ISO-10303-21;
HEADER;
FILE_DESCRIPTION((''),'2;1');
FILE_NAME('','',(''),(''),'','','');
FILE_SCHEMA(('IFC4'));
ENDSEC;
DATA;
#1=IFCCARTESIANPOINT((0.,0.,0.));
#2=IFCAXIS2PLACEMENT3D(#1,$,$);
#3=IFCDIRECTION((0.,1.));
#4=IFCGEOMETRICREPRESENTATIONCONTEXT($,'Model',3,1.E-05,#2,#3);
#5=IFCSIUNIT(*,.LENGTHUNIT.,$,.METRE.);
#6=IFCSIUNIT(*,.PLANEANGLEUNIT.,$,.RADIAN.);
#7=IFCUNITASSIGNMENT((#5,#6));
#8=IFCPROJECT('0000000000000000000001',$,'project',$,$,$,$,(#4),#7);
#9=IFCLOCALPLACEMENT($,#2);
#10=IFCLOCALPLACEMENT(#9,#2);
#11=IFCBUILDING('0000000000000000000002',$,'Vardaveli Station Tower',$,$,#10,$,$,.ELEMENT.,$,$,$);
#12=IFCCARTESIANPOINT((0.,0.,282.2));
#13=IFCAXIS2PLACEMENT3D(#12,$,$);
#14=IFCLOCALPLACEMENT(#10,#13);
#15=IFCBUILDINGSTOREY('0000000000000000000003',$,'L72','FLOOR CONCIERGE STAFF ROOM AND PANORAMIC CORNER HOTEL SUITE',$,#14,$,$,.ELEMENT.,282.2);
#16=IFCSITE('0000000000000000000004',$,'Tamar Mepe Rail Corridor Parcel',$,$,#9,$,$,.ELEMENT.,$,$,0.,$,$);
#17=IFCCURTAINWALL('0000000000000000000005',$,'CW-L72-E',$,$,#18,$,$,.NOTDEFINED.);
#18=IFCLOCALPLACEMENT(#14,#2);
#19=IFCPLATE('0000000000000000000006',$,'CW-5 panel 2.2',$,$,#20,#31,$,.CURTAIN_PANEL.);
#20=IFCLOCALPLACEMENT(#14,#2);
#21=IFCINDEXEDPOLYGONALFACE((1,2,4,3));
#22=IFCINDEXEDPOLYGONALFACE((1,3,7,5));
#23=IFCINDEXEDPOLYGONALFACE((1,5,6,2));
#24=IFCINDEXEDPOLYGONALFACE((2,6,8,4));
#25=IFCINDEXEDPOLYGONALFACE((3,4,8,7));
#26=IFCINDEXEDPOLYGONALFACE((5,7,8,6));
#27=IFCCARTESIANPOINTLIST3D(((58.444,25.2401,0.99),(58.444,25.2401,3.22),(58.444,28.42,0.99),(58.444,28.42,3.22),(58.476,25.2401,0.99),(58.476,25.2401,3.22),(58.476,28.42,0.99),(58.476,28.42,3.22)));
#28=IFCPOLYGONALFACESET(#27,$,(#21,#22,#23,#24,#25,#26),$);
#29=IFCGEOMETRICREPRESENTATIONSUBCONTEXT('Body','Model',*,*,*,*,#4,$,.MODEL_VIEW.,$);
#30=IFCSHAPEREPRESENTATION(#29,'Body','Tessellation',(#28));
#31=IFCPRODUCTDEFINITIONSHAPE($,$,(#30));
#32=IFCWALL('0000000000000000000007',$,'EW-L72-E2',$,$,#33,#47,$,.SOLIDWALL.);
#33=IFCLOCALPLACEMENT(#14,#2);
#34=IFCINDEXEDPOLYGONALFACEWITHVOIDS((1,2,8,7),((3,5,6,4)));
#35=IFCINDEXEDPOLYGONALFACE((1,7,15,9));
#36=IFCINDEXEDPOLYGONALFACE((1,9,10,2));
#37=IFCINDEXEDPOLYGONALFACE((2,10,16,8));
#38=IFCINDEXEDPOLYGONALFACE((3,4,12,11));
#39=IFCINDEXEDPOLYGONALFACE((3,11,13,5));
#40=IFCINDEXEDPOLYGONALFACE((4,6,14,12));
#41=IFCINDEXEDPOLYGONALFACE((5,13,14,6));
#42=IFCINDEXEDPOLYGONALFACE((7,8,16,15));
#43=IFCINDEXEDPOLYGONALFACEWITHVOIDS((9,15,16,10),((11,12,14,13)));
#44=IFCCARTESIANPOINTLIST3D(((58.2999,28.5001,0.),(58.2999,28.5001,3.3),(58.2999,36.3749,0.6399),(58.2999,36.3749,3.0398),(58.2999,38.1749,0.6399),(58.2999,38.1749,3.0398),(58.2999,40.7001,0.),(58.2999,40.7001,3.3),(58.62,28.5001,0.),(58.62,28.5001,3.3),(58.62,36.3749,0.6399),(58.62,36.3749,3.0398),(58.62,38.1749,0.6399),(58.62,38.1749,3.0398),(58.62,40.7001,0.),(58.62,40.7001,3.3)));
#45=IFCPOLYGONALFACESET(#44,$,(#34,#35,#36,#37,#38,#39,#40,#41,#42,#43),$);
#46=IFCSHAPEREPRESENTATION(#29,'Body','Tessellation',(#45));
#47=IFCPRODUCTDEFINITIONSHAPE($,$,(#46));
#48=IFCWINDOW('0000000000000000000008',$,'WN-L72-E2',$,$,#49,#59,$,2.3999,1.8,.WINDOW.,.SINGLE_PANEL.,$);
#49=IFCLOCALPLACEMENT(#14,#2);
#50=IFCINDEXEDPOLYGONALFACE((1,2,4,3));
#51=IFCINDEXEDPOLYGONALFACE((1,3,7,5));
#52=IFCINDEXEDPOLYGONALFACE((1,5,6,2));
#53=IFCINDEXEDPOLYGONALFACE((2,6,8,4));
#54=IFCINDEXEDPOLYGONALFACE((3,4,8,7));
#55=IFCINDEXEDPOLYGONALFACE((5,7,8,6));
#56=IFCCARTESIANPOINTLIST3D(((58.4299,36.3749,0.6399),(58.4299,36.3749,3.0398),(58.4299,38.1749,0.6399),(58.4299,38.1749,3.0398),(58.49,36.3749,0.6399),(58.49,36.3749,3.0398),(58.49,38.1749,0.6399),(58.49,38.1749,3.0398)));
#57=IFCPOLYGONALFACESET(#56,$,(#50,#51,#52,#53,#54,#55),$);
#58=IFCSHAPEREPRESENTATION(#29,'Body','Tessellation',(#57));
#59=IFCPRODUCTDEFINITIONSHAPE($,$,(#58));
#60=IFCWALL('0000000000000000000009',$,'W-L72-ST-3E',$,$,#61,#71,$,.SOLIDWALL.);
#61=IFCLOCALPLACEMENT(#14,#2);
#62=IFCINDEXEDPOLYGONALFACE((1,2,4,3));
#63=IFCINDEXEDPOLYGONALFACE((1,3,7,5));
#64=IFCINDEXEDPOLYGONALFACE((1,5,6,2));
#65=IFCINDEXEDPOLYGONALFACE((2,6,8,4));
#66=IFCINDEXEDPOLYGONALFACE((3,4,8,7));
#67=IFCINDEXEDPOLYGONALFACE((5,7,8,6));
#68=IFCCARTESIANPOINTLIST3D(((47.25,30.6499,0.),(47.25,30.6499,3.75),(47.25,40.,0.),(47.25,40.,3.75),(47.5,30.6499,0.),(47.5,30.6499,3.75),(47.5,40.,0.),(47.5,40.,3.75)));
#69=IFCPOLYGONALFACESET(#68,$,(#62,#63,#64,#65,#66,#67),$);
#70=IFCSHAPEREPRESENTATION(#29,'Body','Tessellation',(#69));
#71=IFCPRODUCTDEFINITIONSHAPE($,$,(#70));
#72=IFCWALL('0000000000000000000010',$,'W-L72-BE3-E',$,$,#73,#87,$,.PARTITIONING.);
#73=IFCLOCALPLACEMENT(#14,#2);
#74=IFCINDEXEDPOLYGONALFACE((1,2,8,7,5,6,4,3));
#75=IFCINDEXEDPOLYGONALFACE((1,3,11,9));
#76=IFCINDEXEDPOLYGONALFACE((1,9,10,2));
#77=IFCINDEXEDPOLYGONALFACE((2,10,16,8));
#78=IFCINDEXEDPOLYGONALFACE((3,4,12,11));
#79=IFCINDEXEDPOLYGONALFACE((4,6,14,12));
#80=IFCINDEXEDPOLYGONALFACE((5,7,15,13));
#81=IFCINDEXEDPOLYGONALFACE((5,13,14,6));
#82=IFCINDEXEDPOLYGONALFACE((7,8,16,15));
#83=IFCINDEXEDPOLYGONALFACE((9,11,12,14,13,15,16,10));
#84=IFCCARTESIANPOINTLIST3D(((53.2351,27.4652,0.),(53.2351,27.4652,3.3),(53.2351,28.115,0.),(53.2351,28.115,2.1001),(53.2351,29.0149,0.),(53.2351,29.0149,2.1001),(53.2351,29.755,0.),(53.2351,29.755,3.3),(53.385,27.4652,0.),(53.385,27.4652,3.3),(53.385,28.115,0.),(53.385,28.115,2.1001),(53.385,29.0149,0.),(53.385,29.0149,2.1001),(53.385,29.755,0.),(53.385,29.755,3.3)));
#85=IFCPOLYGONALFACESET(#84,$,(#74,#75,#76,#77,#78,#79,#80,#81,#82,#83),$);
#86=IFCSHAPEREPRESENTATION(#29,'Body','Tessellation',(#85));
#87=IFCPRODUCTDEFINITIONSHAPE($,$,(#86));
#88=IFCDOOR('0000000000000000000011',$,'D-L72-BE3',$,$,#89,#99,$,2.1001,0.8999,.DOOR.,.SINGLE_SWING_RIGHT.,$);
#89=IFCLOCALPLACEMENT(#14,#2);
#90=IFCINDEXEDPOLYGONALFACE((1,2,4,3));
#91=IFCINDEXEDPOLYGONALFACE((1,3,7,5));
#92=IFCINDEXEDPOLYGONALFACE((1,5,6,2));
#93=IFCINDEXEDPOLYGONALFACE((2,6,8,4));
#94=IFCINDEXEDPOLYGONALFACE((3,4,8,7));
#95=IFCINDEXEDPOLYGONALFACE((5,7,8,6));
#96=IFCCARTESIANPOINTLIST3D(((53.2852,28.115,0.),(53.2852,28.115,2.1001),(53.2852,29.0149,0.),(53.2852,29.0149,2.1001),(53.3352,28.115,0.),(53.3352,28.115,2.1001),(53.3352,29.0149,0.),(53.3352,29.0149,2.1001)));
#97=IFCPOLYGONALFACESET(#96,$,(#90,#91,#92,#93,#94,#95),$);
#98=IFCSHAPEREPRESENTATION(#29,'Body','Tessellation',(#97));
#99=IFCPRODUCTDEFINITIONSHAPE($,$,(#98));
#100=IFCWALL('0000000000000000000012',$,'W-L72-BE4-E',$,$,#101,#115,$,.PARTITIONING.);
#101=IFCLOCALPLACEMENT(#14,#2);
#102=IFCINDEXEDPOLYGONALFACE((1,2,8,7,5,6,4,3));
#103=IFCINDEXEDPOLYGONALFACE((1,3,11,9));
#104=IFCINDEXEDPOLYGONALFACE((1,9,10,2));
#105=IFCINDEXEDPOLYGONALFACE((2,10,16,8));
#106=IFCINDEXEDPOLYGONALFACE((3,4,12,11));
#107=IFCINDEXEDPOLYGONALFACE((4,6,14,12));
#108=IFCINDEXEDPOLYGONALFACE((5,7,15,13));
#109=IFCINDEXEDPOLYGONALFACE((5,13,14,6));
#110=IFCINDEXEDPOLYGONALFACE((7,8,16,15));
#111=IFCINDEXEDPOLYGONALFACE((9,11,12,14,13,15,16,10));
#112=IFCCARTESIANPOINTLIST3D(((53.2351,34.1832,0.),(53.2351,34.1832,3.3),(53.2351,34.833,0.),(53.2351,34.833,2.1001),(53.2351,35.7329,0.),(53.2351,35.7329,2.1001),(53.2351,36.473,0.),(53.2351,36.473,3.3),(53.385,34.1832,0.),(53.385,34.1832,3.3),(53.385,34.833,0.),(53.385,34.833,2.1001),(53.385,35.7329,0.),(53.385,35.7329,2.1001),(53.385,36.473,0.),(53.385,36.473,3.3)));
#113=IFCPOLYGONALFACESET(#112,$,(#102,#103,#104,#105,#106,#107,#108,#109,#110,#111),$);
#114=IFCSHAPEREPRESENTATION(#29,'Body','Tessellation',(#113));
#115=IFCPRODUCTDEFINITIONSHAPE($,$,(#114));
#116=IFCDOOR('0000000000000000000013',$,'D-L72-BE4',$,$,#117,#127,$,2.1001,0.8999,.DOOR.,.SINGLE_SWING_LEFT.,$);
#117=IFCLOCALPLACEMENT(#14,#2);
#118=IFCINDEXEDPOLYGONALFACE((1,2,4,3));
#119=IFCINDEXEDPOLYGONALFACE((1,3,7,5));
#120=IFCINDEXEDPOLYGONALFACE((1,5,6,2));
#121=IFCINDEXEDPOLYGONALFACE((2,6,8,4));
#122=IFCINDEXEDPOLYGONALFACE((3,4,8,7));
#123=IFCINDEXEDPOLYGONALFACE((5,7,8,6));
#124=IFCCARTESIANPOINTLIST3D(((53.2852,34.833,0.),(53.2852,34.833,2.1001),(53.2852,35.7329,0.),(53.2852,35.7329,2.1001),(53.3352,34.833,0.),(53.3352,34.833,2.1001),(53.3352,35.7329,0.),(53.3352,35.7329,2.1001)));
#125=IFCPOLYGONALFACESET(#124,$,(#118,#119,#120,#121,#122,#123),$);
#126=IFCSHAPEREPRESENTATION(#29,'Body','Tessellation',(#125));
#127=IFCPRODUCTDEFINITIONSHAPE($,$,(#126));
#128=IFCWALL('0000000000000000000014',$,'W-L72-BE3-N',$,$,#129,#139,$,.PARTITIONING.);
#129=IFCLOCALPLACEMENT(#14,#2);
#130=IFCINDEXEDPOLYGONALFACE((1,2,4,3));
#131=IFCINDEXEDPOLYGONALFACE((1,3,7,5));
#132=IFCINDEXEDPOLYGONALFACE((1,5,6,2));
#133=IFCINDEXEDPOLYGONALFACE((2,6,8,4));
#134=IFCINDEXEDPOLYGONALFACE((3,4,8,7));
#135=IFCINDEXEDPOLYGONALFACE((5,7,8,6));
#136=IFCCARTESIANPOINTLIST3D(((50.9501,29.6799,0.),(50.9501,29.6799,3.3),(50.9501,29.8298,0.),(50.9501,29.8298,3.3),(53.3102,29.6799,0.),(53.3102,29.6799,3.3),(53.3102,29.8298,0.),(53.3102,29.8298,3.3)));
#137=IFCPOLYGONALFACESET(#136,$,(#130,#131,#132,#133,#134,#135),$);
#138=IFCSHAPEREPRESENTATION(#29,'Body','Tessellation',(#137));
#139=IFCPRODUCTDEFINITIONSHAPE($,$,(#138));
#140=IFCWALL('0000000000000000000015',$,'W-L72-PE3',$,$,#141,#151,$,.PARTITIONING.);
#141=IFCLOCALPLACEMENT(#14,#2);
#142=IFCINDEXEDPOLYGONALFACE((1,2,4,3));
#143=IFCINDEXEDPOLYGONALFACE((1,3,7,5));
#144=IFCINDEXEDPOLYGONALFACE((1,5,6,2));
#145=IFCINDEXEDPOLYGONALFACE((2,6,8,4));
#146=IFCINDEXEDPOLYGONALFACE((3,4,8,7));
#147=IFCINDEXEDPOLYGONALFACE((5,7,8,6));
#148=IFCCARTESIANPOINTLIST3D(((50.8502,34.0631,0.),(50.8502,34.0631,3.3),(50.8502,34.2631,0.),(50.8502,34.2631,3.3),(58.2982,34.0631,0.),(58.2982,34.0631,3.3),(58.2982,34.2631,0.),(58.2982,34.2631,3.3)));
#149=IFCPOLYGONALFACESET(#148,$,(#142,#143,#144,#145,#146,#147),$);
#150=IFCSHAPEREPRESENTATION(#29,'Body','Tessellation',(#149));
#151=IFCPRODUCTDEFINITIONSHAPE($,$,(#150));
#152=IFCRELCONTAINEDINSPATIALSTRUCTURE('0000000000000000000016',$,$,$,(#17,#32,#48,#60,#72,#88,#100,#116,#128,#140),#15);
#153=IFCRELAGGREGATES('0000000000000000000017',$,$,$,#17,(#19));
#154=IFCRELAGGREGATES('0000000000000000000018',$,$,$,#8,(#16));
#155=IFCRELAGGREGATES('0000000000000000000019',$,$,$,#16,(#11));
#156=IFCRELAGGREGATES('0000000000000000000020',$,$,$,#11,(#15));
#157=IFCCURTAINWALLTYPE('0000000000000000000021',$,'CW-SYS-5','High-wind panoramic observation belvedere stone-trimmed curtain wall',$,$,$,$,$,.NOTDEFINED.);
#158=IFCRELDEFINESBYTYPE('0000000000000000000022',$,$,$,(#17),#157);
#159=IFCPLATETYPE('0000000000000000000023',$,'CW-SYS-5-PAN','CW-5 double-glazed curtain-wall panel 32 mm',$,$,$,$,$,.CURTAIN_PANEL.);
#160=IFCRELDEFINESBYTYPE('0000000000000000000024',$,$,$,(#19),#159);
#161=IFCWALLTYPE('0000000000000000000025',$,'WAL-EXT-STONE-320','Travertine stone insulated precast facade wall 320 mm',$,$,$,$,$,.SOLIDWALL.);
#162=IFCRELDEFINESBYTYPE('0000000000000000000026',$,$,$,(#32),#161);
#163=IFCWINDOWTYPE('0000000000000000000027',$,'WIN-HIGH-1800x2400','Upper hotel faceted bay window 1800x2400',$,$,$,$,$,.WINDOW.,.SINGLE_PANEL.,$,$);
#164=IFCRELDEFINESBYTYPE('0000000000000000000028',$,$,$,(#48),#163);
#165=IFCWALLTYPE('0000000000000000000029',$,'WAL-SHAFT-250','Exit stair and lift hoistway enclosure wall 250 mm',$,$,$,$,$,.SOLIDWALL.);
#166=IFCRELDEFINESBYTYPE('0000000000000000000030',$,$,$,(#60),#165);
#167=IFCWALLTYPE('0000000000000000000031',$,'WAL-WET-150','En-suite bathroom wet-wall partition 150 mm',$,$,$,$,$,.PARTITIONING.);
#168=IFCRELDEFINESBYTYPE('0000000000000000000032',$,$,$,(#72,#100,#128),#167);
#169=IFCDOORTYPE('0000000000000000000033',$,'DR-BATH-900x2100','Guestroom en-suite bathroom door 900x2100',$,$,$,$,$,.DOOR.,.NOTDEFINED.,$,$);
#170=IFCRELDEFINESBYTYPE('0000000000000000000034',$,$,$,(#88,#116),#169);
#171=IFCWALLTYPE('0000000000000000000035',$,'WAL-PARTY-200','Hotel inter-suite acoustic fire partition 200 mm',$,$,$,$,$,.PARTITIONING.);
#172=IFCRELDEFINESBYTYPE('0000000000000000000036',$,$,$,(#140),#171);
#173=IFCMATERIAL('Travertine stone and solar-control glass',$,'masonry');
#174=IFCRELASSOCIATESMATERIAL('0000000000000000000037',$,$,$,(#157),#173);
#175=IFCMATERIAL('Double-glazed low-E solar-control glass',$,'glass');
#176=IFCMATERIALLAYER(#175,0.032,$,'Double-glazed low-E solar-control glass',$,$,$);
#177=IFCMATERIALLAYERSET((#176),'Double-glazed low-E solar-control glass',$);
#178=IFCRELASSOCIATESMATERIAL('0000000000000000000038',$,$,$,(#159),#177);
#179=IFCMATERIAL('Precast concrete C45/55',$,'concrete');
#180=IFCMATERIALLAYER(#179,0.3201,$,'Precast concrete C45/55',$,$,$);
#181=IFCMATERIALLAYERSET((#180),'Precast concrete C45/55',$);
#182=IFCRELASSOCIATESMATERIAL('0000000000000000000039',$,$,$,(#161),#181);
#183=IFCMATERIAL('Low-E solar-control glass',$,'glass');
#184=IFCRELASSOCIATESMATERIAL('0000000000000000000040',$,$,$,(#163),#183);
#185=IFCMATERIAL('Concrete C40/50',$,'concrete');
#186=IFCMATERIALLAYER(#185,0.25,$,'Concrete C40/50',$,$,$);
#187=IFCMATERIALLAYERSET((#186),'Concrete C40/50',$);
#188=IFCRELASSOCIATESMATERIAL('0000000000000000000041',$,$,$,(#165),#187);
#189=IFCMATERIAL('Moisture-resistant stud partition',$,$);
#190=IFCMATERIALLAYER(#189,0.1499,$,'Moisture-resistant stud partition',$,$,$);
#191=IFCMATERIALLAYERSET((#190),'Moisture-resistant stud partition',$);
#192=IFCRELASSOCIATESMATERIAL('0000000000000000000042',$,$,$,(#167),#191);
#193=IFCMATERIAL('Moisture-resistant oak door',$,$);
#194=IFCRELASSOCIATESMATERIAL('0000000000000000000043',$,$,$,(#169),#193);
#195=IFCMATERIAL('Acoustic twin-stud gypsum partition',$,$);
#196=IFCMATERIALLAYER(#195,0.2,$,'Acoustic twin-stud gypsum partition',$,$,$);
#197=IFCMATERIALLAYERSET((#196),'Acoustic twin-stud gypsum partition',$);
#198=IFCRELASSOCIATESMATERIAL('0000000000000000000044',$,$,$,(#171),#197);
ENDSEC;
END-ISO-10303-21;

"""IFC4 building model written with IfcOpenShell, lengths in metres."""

from ifc_helpers import new_model, si_unit, direction, frame, frame_2d, origin, origin_2d, place, context, subcontext, project, spatial, rectangle, extrude, source, transform, mapped, material, layer, layer_set, type_object, element, fill, aggregate, save


model = new_model("IFC4")

# Units and contexts
model_context = context("Model", 3, precision=1e-05, world=origin(), true_north=direction((0.0, 1.0)))
body_context = subcontext(model_context, "Body", "Model", "MODEL_VIEW")
ifc_project = project(units=[si_unit("LENGTHUNIT", "METRE"), si_unit("PLANEANGLEUNIT", "RADIAN")], contexts=[model_context])

# Site, building, storey
site_placement = place(None, origin())
site = spatial("IfcSite", under=ifc_project, at=site_placement, Name="Tamar Mepe Rail Corridor Parcel", CompositionType="ELEMENT", RefElevation=0.0)
building_placement = place(site_placement, origin())
building = spatial("IfcBuilding", under=site, at=building_placement, Name="Vardaveli Station Tower", CompositionType="ELEMENT")
storey_placement = place(building_placement, frame((0.0, 0.0, 282.2)))
storey = spatial("IfcBuildingStorey", under=building, at=storey_placement, Name="L72", Description="FLOOR CONCIERGE STAFF ROOM AND PANORAMIC CORNER HOTEL SUITE", CompositionType="ELEMENT", Elevation=282.2)

# Curtain wall, plate
ifc_material_1 = material(Name="Travertine stone and solar-control glass", Category="masonry")
curtain_wall_type = type_object("IfcCurtainWallType", Name="CW-SYS-5", Description="High-wind panoramic observation belvedere stone-trimmed curtain wall", PredefinedType="NOTDEFINED", material=ifc_material_1)
curtain_wall_placement = place(storey_placement, origin())
curtain_wall = element("IfcCurtainWall", 1, at=curtain_wall_placement, inside=storey, type_object=curtain_wall_type, Name="CW-L72-E", PredefinedType="NOTDEFINED")
ifc_material_2 = material(Name="Double-glazed low-E solar-control glass", Category="glass")
ifc_layer_1 = layer(ifc_material_2, 0.032, Name="Double-glazed low-E solar-control glass")
ifc_layer_set_1 = layer_set([ifc_layer_1], Name="Double-glazed low-E solar-control glass")
plate_type = type_object("IfcPlateType", Name="CW-SYS-5-PAN", Description="CW-5 double-glazed curtain-wall panel 32 mm", PredefinedType="CURTAIN_PANEL", material=ifc_layer_set_1)
shared_shape_1 = source(origin(), body_context, "Body", "SweptSolid", [
    extrude(rectangle(XDim=3.1799, YDim=0.032, at=origin_2d()), origin(), (0.0, 0.0, 1.0), 2.23),
])
plate_1_placement = place(storey_placement, frame((58.46, 26.8301, 0.99), z_axis=(0.0, 0.0, 1.0), x_axis=(0.0, 1.0, 0.0)))
plate_1 = element("IfcPlate", 2, at=plate_1_placement, type_object=plate_type, Name="CW-5 panel 2.2", PredefinedType="CURTAIN_PANEL", context=body_context, shape_type="MappedRepresentation", body=[
    mapped(shared_shape_1, transform((0.0, 0.0, 0.0), scale=1.0)),
])
aggregate(curtain_wall, [plate_1])

# Wall, opening, window
ifc_material_3 = material(Name="Precast concrete C45/55", Category="concrete")
ifc_layer_2 = layer(ifc_material_3, 0.3201, Name="Precast concrete C45/55")
ifc_layer_set_2 = layer_set([ifc_layer_2], Name="Precast concrete C45/55")
wall_type_1 = type_object("IfcWallType", Name="WAL-EXT-STONE-320", Description="Travertine stone insulated precast facade wall 320 mm", PredefinedType="SOLIDWALL", material=ifc_layer_set_2)
shared_shape_2 = source(origin(), body_context, "Body", "SweptSolid", [
    extrude(rectangle(XDim=12.2, YDim=0.3201, at=frame_2d((6.1001, 0.0))), origin(), (0.0, 0.0, 1.0), 3.3),
])
wall_1_placement = place(storey_placement, frame((58.46, 28.5, 0.0), z_axis=(0.0, 0.0, 1.0), x_axis=(0.0, 1.0, 0.0)))
wall_1 = element("IfcWall", 3, at=wall_1_placement, inside=storey, type_object=wall_type_1, Name="EW-L72-E2", PredefinedType="SOLIDWALL", context=body_context, shape_type="MappedRepresentation", body=[
    mapped(shared_shape_2, transform((0.0, 0.0, 0.0), scale=1.0)),
])
shared_shape_3 = source(origin(), body_context, "Body", "SweptSolid", [
    extrude(rectangle(XDim=1.8, YDim=2.3999, at=frame_2d((0.8999, 1.2))), frame((0.0, 0.1699, 0.0), z_axis=(0.0, -1.0, 0.0), x_axis=(1.0, 0.0, 0.0)), (0.0, 0.0, 1.0), 0.3401),
])
opening_1_placement = place(wall_1_placement, frame((7.875, 0.0, 0.6399)))
opening_1 = element("IfcOpeningElement", 4, at=opening_1_placement, cuts=wall_1, PredefinedType="OPENING", context=body_context, shape_type="MappedRepresentation", body=[
    mapped(shared_shape_3, transform((0.0, 0.0, 0.0), scale=1.0)),
])
ifc_material_4 = material(Name="Low-E solar-control glass", Category="glass")
window_type = type_object("IfcWindowType", Name="WIN-HIGH-1800x2400", Description="Upper hotel faceted bay window 1800x2400", PartitioningType="SINGLE_PANEL", PredefinedType="WINDOW", material=ifc_material_4)
shared_shape_4 = source(origin(), body_context, "Body", "SweptSolid", [
    extrude(rectangle(XDim=1.8, YDim=2.3999, at=frame_2d((0.8999, 1.2))), frame((0.0, 0.03, 0.0), z_axis=(0.0, -1.0, 0.0), x_axis=(1.0, 0.0, 0.0)), (0.0, 0.0, 1.0), 0.0601),
])
window_placement = place(opening_1_placement, origin())
window = element("IfcWindow", 5, at=window_placement, inside=storey, type_object=window_type, Name="WN-L72-E2", OverallHeight=2.3999, OverallWidth=1.8, PartitioningType="SINGLE_PANEL", PredefinedType="WINDOW", context=body_context, shape_type="MappedRepresentation", body=[
    mapped(shared_shape_4, transform((0.0, 0.0, 0.0), scale=1.0)),
])
fill(opening_1, window)

# Wall
ifc_material_5 = material(Name="Concrete C40/50", Category="concrete")
ifc_layer_3 = layer(ifc_material_5, 0.25, Name="Concrete C40/50")
ifc_layer_set_3 = layer_set([ifc_layer_3], Name="Concrete C40/50")
wall_type_2 = type_object("IfcWallType", Name="WAL-SHAFT-250", Description="Exit stair and lift hoistway enclosure wall 250 mm", PredefinedType="SOLIDWALL", material=ifc_layer_set_3)
shared_shape_5 = source(origin(), body_context, "Body", "SweptSolid", [
    extrude(rectangle(XDim=9.3501, YDim=0.25, at=frame_2d((4.675, 0.0))), origin(), (0.0, 0.0, 1.0), 3.75),
])
wall_2_placement = place(storey_placement, frame((47.375, 30.6499, 0.0), z_axis=(0.0, 0.0, 1.0), x_axis=(0.0, 1.0, 0.0)))
element("IfcWall", 6, at=wall_2_placement, inside=storey, type_object=wall_type_2, Name="W-L72-ST-3E", PredefinedType="SOLIDWALL", context=body_context, shape_type="MappedRepresentation", body=[
    mapped(shared_shape_5, transform((0.0, 0.0, 0.0), scale=1.0)),
])

# Walls, openings, doors
ifc_material_6 = material(Name="Moisture-resistant stud partition")
ifc_layer_4 = layer(ifc_material_6, 0.1499, Name="Moisture-resistant stud partition")
ifc_layer_set_4 = layer_set([ifc_layer_4], Name="Moisture-resistant stud partition")
wall_type_3 = type_object("IfcWallType", Name="WAL-WET-150", Description="En-suite bathroom wet-wall partition 150 mm", PredefinedType="PARTITIONING", material=ifc_layer_set_4)
shared_shape_6 = source(origin(), body_context, "Body", "SweptSolid", [
    extrude(rectangle(XDim=2.2898, YDim=0.1499, at=frame_2d((1.145, 0.0))), origin(), (0.0, 0.0, 1.0), 3.3),
])
wall_3_placement = place(storey_placement, frame((53.3101, 27.4651, 0.0), z_axis=(0.0, 0.0, 1.0), x_axis=(0.0, 1.0, 0.0)))
wall_3 = element("IfcWall", 7, at=wall_3_placement, inside=storey, type_object=wall_type_3, Name="W-L72-BE3-E", PredefinedType="PARTITIONING", context=body_context, shape_type="MappedRepresentation", body=[
    mapped(shared_shape_6, transform((0.0, 0.0, 0.0), scale=1.0)),
])
shared_shape_7 = source(origin(), body_context, "Body", "SweptSolid", [
    extrude(rectangle(XDim=0.8999, YDim=2.1001, at=frame_2d((0.45, 1.05))), frame((0.0, 0.085, 0.0), z_axis=(0.0, -1.0, 0.0), x_axis=(1.0, 0.0, 0.0)), (0.0, 0.0, 1.0), 0.1699),
])
opening_2_placement = place(wall_3_placement, frame((0.6499, 0.0, 0.0)))
opening_2 = element("IfcOpeningElement", 8, at=opening_2_placement, cuts=wall_3, PredefinedType="OPENING", context=body_context, shape_type="MappedRepresentation", body=[
    mapped(shared_shape_7, transform((0.0, 0.0, 0.0), scale=1.0)),
])
ifc_material_7 = material(Name="Moisture-resistant oak door")
door_type = type_object("IfcDoorType", Name="DR-BATH-900x2100", Description="Guestroom en-suite bathroom door 900x2100", OperationType="NOTDEFINED", PredefinedType="DOOR", material=ifc_material_7)
shared_shape_8 = source(origin(), body_context, "Body", "SweptSolid", [
    extrude(rectangle(XDim=0.8999, YDim=2.1001, at=frame_2d((0.45, 1.05))), frame((0.0, 0.0249, 0.0), z_axis=(0.0, -1.0, 0.0), x_axis=(1.0, 0.0, 0.0)), (0.0, 0.0, 1.0), 0.05),
])
door_1_placement = place(opening_2_placement, origin())
door_1 = element("IfcDoor", 9, at=door_1_placement, inside=storey, type_object=door_type, Name="D-L72-BE3", OperationType="SINGLE_SWING_RIGHT", OverallHeight=2.1001, OverallWidth=0.8999, PredefinedType="DOOR", context=body_context, shape_type="MappedRepresentation", body=[
    mapped(shared_shape_8, transform((0.0, 0.0, 0.0), scale=1.0)),
])
fill(opening_2, door_1)
wall_4_placement = place(storey_placement, frame((53.3101, 34.1831, 0.0), z_axis=(0.0, 0.0, 1.0), x_axis=(0.0, 1.0, 0.0)))
wall_4 = element("IfcWall", 10, at=wall_4_placement, inside=storey, type_object=wall_type_3, Name="W-L72-BE4-E", PredefinedType="PARTITIONING", context=body_context, shape_type="MappedRepresentation", body=[
    mapped(shared_shape_6, transform((0.0, 0.0, 0.0), scale=1.0)),
])
opening_3_placement = place(wall_4_placement, frame((0.6499, 0.0, 0.0)))
opening_3 = element("IfcOpeningElement", 11, at=opening_3_placement, cuts=wall_4, PredefinedType="OPENING", context=body_context, shape_type="MappedRepresentation", body=[
    mapped(shared_shape_7, transform((0.0, 0.0, 0.0), scale=1.0)),
])
door_2_placement = place(opening_3_placement, origin())
door_2 = element("IfcDoor", 12, at=door_2_placement, inside=storey, type_object=door_type, Name="D-L72-BE4", OperationType="SINGLE_SWING_LEFT", OverallHeight=2.1001, OverallWidth=0.8999, PredefinedType="DOOR", context=body_context, shape_type="MappedRepresentation", body=[
    mapped(shared_shape_8, transform((0.0, 0.0, 0.0), scale=1.0)),
])
fill(opening_3, door_2)

# Walls
shared_shape_9 = source(origin(), body_context, "Body", "SweptSolid", [
    extrude(rectangle(XDim=2.3601, YDim=0.1499, at=frame_2d((1.1802, 0.0))), origin(), (0.0, 0.0, 1.0), 3.3),
])
wall_5_placement = place(storey_placement, frame((50.95, 29.7549, 0.0), z_axis=(0.0, 0.0, 1.0), x_axis=(1.0, 0.0, 0.0)))
element("IfcWall", 13, at=wall_5_placement, inside=storey, type_object=wall_type_3, Name="W-L72-BE3-N", PredefinedType="PARTITIONING", context=body_context, shape_type="MappedRepresentation", body=[
    mapped(shared_shape_9, transform((0.0, 0.0, 0.0), scale=1.0)),
])
ifc_material_8 = material(Name="Acoustic twin-stud gypsum partition")
ifc_layer_5 = layer(ifc_material_8, 0.2, Name="Acoustic twin-stud gypsum partition")
ifc_layer_set_5 = layer_set([ifc_layer_5], Name="Acoustic twin-stud gypsum partition")
wall_type_4 = type_object("IfcWallType", Name="WAL-PARTY-200", Description="Hotel inter-suite acoustic fire partition 200 mm", PredefinedType="PARTITIONING", material=ifc_layer_set_5)
shared_shape_10 = source(origin(), body_context, "Body", "SweptSolid", [
    extrude(rectangle(XDim=7.448, YDim=0.2, at=frame_2d((3.7241, 0.0))), origin(), (0.0, 0.0, 1.0), 3.3),
])
wall_6_placement = place(storey_placement, frame((50.8501, 34.1631, 0.0), z_axis=(0.0, 0.0, 1.0), x_axis=(1.0, 0.0, 0.0)))
element("IfcWall", 14, at=wall_6_placement, inside=storey, type_object=wall_type_4, Name="W-L72-PE3", PredefinedType="PARTITIONING", context=body_context, shape_type="MappedRepresentation", body=[
    mapped(shared_shape_10, transform((0.0, 0.0, 0.0), scale=1.0)),
])

save(model, "model.ifc")
